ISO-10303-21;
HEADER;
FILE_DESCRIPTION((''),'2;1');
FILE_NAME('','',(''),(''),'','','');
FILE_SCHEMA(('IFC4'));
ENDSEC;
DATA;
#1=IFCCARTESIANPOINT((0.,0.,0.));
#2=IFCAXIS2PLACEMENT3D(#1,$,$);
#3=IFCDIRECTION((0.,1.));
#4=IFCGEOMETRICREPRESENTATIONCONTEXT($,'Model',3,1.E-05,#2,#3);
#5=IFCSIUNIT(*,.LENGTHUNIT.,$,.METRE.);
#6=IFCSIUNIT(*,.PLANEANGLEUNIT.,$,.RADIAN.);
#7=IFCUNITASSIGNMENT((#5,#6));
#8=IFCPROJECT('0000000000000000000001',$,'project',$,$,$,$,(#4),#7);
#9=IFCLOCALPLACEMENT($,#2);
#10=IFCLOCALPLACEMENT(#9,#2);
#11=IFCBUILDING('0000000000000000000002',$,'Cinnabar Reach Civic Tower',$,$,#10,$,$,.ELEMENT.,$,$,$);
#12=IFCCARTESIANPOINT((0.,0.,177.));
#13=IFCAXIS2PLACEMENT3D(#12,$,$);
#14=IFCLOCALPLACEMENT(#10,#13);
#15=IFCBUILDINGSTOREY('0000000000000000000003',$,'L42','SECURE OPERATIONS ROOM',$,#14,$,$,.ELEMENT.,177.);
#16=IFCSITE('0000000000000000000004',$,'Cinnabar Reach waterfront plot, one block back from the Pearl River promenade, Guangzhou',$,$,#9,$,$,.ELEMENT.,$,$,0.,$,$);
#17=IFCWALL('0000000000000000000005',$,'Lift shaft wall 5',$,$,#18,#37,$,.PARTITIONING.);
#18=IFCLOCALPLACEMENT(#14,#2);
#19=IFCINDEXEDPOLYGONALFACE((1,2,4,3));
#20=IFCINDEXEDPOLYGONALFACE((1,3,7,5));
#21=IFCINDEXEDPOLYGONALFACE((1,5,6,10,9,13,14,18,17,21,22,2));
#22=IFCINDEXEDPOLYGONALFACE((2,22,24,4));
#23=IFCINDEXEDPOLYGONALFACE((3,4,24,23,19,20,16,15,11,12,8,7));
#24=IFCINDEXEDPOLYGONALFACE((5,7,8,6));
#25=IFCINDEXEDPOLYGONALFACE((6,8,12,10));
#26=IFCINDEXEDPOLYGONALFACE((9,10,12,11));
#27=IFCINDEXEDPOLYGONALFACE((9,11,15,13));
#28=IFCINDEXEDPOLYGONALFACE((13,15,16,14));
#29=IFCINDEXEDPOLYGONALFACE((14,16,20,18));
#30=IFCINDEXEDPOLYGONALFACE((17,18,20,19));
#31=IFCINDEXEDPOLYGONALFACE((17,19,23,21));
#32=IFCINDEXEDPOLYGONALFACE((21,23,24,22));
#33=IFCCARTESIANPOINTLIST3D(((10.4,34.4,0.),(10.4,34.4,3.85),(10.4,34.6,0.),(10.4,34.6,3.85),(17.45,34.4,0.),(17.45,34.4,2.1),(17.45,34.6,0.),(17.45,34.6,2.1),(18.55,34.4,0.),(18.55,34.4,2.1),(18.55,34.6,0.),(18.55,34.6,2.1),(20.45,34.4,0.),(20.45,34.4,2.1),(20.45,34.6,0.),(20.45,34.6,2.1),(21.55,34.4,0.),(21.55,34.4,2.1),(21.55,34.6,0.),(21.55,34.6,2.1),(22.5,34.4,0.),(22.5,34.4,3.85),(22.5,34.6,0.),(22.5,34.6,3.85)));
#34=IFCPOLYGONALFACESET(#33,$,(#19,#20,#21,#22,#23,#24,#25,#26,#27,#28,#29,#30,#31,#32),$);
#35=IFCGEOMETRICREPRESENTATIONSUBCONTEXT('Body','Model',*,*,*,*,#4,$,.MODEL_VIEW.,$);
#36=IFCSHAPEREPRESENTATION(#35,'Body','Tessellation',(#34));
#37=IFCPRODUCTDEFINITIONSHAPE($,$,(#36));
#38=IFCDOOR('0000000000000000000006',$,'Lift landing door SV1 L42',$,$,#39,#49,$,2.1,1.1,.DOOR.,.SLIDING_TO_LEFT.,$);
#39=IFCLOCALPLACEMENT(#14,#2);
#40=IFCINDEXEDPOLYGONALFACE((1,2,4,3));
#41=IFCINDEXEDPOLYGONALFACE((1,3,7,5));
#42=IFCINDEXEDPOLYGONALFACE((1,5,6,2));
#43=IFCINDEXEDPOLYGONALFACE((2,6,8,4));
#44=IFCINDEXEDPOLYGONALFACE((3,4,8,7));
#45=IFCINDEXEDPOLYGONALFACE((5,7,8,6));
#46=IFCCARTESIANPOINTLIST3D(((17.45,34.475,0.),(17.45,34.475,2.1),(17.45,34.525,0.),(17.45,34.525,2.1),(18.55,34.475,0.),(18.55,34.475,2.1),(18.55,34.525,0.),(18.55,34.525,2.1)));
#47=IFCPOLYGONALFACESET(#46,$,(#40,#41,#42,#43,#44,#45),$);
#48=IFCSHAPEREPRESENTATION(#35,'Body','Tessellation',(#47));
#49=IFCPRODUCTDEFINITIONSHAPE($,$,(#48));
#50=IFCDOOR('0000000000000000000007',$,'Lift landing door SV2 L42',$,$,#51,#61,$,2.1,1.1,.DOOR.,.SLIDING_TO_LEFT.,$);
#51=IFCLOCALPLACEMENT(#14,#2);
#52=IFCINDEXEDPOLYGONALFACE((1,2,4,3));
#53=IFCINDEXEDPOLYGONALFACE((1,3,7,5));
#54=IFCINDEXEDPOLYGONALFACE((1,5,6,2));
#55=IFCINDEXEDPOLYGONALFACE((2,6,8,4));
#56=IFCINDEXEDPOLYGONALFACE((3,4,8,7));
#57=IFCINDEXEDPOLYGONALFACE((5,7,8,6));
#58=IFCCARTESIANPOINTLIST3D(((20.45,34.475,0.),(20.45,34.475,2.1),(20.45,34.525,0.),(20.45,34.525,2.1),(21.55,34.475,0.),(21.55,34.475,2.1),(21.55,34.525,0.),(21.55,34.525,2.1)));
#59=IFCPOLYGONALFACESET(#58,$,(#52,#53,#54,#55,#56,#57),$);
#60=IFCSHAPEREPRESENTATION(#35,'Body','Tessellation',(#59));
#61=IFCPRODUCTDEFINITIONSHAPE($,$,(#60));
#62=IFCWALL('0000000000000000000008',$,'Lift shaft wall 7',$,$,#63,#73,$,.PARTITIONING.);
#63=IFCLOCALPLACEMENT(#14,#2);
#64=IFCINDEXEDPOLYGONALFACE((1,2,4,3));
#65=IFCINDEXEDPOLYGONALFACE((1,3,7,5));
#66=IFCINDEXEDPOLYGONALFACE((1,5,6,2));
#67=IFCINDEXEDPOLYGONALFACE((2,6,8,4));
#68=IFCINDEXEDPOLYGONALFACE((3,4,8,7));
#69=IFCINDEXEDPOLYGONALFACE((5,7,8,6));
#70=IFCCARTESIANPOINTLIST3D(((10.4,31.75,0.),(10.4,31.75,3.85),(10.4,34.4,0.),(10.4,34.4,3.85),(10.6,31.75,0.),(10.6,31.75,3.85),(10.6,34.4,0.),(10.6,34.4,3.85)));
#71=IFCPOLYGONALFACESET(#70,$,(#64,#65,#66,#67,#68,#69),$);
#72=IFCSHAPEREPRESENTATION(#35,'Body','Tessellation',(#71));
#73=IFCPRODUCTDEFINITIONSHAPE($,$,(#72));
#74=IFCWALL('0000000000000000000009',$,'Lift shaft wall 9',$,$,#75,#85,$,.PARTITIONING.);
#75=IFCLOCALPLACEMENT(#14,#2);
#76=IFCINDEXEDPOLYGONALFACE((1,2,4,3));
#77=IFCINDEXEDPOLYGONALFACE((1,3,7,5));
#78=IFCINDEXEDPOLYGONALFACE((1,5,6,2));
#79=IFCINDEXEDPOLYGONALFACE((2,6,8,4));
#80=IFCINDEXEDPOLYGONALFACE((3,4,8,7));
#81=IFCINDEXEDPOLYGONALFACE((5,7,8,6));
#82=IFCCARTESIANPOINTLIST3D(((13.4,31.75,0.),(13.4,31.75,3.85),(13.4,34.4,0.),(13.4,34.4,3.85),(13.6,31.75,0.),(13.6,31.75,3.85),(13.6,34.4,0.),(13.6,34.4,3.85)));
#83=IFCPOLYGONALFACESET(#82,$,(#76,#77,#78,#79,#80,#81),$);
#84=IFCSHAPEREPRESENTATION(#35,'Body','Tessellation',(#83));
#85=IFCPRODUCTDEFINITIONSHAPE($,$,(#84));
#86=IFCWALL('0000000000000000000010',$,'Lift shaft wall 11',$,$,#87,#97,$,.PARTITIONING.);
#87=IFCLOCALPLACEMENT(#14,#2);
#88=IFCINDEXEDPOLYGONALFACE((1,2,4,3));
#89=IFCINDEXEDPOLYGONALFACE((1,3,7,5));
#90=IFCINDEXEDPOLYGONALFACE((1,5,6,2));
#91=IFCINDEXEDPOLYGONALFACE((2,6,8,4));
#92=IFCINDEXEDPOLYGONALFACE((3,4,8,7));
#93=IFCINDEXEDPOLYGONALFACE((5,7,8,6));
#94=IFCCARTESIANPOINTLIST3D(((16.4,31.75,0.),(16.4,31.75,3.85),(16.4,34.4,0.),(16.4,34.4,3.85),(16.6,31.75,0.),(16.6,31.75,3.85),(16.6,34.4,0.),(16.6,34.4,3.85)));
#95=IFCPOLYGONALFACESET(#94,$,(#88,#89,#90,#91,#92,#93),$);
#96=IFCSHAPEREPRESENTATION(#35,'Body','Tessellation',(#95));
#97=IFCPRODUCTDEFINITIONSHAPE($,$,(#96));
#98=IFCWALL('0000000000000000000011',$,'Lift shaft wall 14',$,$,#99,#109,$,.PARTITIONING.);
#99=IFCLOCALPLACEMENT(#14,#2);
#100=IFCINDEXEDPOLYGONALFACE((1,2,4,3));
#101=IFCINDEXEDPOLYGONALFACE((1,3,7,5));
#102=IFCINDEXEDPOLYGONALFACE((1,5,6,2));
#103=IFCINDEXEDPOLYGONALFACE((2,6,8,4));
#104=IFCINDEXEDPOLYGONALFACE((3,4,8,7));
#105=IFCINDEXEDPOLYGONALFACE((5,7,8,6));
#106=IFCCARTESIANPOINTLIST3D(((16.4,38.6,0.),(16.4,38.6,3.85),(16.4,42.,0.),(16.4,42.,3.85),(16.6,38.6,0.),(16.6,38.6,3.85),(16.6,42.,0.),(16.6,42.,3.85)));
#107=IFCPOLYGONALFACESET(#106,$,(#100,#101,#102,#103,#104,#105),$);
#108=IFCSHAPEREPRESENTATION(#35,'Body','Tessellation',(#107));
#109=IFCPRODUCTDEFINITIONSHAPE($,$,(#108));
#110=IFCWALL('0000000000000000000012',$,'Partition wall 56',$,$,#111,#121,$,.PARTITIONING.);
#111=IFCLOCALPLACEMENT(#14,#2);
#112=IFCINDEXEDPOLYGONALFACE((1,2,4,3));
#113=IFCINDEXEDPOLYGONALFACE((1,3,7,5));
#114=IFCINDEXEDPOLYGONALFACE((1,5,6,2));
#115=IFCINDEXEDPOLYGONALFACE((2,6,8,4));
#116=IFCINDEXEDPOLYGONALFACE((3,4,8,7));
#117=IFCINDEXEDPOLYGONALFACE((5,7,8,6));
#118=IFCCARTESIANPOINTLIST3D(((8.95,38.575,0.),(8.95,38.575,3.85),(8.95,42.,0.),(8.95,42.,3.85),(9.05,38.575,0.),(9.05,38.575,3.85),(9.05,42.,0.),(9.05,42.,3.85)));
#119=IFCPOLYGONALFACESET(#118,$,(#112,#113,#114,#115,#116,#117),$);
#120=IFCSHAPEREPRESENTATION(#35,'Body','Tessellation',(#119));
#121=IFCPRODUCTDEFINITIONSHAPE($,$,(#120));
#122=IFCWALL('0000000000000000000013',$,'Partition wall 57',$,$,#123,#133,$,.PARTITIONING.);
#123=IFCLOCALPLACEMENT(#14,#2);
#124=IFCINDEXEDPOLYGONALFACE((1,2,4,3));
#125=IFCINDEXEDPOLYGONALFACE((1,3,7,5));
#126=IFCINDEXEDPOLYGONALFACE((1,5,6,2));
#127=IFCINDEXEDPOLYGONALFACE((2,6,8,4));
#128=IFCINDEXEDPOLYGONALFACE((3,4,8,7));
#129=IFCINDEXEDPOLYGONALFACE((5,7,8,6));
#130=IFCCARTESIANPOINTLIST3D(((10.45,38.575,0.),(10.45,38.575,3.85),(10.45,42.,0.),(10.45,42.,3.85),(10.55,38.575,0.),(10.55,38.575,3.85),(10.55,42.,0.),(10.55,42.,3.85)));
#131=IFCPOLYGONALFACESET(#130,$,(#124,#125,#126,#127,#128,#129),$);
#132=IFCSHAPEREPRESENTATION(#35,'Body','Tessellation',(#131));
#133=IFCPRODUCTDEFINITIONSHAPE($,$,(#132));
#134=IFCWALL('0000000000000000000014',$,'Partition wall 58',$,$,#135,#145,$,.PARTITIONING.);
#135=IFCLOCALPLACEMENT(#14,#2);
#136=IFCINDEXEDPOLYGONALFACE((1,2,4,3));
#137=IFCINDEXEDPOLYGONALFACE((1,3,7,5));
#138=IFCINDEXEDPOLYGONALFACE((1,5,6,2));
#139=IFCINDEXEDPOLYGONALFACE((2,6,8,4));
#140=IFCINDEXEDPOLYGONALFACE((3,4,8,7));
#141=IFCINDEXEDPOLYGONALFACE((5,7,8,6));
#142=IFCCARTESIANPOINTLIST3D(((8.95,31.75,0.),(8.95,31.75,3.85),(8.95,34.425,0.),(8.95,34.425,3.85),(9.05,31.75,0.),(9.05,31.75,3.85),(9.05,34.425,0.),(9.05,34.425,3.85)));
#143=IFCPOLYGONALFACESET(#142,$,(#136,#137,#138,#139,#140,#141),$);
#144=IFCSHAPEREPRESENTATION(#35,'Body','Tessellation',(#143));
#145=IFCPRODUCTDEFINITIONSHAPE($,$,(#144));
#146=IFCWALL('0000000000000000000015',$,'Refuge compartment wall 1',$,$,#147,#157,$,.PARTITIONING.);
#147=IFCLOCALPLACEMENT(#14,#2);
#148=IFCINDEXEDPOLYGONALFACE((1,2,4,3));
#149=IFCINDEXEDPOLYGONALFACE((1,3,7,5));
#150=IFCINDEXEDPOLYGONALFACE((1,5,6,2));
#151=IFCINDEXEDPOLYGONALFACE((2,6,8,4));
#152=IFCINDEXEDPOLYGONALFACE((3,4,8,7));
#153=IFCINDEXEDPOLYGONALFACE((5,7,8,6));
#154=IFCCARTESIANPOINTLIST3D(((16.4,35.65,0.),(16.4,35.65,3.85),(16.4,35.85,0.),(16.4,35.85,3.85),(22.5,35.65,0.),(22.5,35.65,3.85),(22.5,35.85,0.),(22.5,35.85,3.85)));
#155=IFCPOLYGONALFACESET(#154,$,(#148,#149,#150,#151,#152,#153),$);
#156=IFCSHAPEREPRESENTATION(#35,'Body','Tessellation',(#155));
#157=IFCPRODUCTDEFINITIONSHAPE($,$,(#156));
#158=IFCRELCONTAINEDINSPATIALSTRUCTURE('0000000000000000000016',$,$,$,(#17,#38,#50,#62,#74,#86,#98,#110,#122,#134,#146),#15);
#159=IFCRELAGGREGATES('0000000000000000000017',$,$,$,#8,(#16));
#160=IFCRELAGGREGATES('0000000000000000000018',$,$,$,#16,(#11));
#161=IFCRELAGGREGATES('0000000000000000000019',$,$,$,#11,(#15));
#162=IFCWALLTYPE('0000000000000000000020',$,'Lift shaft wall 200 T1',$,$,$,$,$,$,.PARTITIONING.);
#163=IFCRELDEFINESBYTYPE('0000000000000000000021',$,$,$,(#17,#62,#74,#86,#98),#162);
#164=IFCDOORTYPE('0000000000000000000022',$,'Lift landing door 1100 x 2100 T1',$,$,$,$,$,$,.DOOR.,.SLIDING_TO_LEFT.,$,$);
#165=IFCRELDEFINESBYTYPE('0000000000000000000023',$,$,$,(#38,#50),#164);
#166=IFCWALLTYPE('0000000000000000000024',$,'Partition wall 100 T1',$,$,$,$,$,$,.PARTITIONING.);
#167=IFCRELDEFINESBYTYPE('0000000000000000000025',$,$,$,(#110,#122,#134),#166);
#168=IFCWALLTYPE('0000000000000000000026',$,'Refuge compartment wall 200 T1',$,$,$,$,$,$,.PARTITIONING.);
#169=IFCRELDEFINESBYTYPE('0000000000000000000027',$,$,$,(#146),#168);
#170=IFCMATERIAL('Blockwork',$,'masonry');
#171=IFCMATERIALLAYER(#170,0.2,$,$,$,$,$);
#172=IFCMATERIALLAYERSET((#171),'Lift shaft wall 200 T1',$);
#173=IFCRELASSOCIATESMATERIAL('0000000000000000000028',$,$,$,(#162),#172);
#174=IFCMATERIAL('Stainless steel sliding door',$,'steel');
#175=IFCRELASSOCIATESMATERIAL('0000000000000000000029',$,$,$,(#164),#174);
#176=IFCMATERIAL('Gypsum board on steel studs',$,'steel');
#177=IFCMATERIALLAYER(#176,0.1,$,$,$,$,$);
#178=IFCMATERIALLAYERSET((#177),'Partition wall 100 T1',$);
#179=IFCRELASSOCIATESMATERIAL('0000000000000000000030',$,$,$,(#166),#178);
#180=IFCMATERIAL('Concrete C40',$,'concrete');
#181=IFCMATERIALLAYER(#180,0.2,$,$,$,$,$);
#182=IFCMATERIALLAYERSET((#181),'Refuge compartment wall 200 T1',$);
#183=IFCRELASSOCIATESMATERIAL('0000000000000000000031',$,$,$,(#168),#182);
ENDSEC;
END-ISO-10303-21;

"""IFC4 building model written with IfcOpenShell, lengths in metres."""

from ifc_helpers import new_model, si_unit, direction, frame, frame_2d, origin, place, context, subcontext, project, spatial, rectangle, extrude, material, layer, layer_set, type_object, element, fill, save


model = new_model("IFC4")

# Units and contexts
model_context = context("Model", 3, precision=1e-05, world=origin(), true_north=direction((0.0, 1.0)))
body_context = subcontext(model_context, "Body", "Model", "MODEL_VIEW")
ifc_project = project(units=[si_unit("LENGTHUNIT", "METRE"), si_unit("PLANEANGLEUNIT", "RADIAN")], contexts=[model_context])

# Site, building, storey
site_placement = place(None, origin())
site = spatial("IfcSite", under=ifc_project, at=site_placement, Name="Cinnabar Reach waterfront plot, one block back from the Pearl River promenade, Guangzhou", CompositionType="ELEMENT", RefElevation=0.0)
building_placement = place(site_placement, origin())
building = spatial("IfcBuilding", under=site, at=building_placement, Name="Cinnabar Reach Civic Tower", CompositionType="ELEMENT")
storey_placement = place(building_placement, frame((0.0, 0.0, 177.0)))
storey = spatial("IfcBuildingStorey", under=building, at=storey_placement, Name="L42", Description="SECURE OPERATIONS ROOM", CompositionType="ELEMENT", Elevation=177.0)

# Wall, openings, doors
ifc_material_1 = material(Name="Blockwork", Category="masonry")
ifc_layer_1 = layer(ifc_material_1, 0.2)
ifc_layer_set_1 = layer_set([ifc_layer_1], Name="Lift shaft wall 200 T1")
wall_type_1 = type_object("IfcWallType", Name="Lift shaft wall 200 T1", PredefinedType="PARTITIONING", material=ifc_layer_set_1)
wall_1_placement = place(storey_placement, frame((10.4, 34.5, 0.0), z_axis=(0.0, 0.0, 1.0), x_axis=(1.0, 0.0, 0.0)))
wall_1 = element("IfcWall", 1, at=wall_1_placement, inside=storey, type_object=wall_type_1, Name="Lift shaft wall 5", PredefinedType="PARTITIONING", context=body_context, shape_type="SweptSolid", body=[
    extrude(rectangle(XDim=12.1, YDim=0.2, at=frame_2d((6.05, 0.0))), origin(), (0.0, 0.0, 1.0), 3.85),
])
opening_1_placement = place(wall_1_placement, frame((7.05, 0.0, 0.0)))
opening_1 = element("IfcOpeningElement", 2, at=opening_1_placement, cuts=wall_1, PredefinedType="OPENING", context=body_context, shape_type="SweptSolid", body=[
    extrude(rectangle(XDim=1.1, YDim=2.1, at=frame_2d((0.55, 1.05))), frame((0.0, 0.11, 0.0), z_axis=(0.0, -1.0, 0.0), x_axis=(1.0, 0.0, 0.0)), (0.0, 0.0, 1.0), 0.22),
])
opening_2_placement = place(wall_1_placement, frame((10.05, 0.0, 0.0)))
opening_2 = element("IfcOpeningElement", 3, at=opening_2_placement, cuts=wall_1, PredefinedType="OPENING", context=body_context, shape_type="SweptSolid", body=[
    extrude(rectangle(XDim=1.1, YDim=2.1, at=frame_2d((0.55, 1.05))), frame((0.0, 0.11, 0.0), z_axis=(0.0, -1.0, 0.0), x_axis=(1.0, 0.0, 0.0)), (0.0, 0.0, 1.0), 0.22),
])
ifc_material_2 = material(Name="Stainless steel sliding door", Category="steel")
door_type_1 = type_object("IfcDoorType", Name="Lift landing door 1100 x 2100 T1", OperationType="SLIDING_TO_LEFT", PredefinedType="DOOR", material=ifc_material_2)
door_1_placement = place(opening_1_placement, origin())
door_1 = element("IfcDoor", 4, at=door_1_placement, inside=storey, type_object=door_type_1, Name="Lift landing door SV1 L42", OperationType="SLIDING_TO_LEFT", OverallHeight=2.1, OverallWidth=1.1, PredefinedType="DOOR", context=body_context, shape_type="SweptSolid", body=[
    extrude(rectangle(XDim=1.1, YDim=2.1, at=frame_2d((0.55, 1.05))), frame((0.0, 0.025, 0.0), z_axis=(0.0, -1.0, 0.0), x_axis=(1.0, 0.0, 0.0)), (0.0, 0.0, 1.0), 0.05),
])
fill(opening_1, door_1)
door_2_placement = place(opening_2_placement, origin())
door_2 = element("IfcDoor", 5, at=door_2_placement, inside=storey, type_object=door_type_1, Name="Lift landing door SV2 L42", OperationType="SLIDING_TO_LEFT", OverallHeight=2.1, OverallWidth=1.1, PredefinedType="DOOR", context=body_context, shape_type="SweptSolid", body=[
    extrude(rectangle(XDim=1.1, YDim=2.1, at=frame_2d((0.55, 1.05))), frame((0.0, 0.025, 0.0), z_axis=(0.0, -1.0, 0.0), x_axis=(1.0, 0.0, 0.0)), (0.0, 0.0, 1.0), 0.05),
])
fill(opening_2, door_2)

# Walls
for number, where, z_axis, x_axis, name in (
    (6, (10.5, 31.75, 0.0), (0.0, 0.0, 1.0), (0.0, 1.0, 0.0), "Lift shaft wall 7"),
    (7, (13.5, 31.75, 0.0), (0.0, 0.0, 1.0), (0.0, 1.0, 0.0), "Lift shaft wall 9"),
    (8, (16.5, 31.75, 0.0), (0.0, 0.0, 1.0), (0.0, 1.0, 0.0), "Lift shaft wall 11"),
):
    element("IfcWall", number, at=place(storey_placement, frame(where, z_axis=z_axis, x_axis=x_axis)), inside=storey, type_object=wall_type_1, Name=name, PredefinedType="PARTITIONING", context=body_context, shape_type="SweptSolid", body=[
        extrude(rectangle(XDim=2.65, YDim=0.2, at=frame_2d((1.325, 0.0))), origin(), (0.0, 0.0, 1.0), 3.85),
    ])
wall_2_placement = place(storey_placement, frame((16.5, 38.6, 0.0), z_axis=(0.0, 0.0, 1.0), x_axis=(0.0, 1.0, 0.0)))
element("IfcWall", 9, at=wall_2_placement, inside=storey, type_object=wall_type_1, Name="Lift shaft wall 14", PredefinedType="PARTITIONING", context=body_context, shape_type="SweptSolid", body=[
    extrude(rectangle(XDim=3.4, YDim=0.2, at=frame_2d((1.7, 0.0))), origin(), (0.0, 0.0, 1.0), 3.85),
])
ifc_material_3 = material(Name="Gypsum board on steel studs", Category="steel")
ifc_layer_2 = layer(ifc_material_3, 0.1)
ifc_layer_set_2 = layer_set([ifc_layer_2], Name="Partition wall 100 T1")
wall_type_2 = type_object("IfcWallType", Name="Partition wall 100 T1", PredefinedType="PARTITIONING", material=ifc_layer_set_2)
for number, where, z_axis, x_axis, name in (
    (10, (9.0, 38.575, 0.0), (0.0, 0.0, 1.0), (0.0, 1.0, 0.0), "Partition wall 56"),
    (11, (10.5, 38.575, 0.0), (0.0, 0.0, 1.0), (0.0, 1.0, 0.0), "Partition wall 57"),
):
    element("IfcWall", number, at=place(storey_placement, frame(where, z_axis=z_axis, x_axis=x_axis)), inside=storey, type_object=wall_type_2, Name=name, PredefinedType="PARTITIONING", context=body_context, shape_type="SweptSolid", body=[
        extrude(rectangle(XDim=3.425, YDim=0.1, at=frame_2d((1.7125, 0.0))), origin(), (0.0, 0.0, 1.0), 3.85),
    ])
wall_3_placement = place(storey_placement, frame((9.0, 31.75, 0.0), z_axis=(0.0, 0.0, 1.0), x_axis=(0.0, 1.0, 0.0)))
element("IfcWall", 12, at=wall_3_placement, inside=storey, type_object=wall_type_2, Name="Partition wall 58", PredefinedType="PARTITIONING", context=body_context, shape_type="SweptSolid", body=[
    extrude(rectangle(XDim=2.675, YDim=0.1, at=frame_2d((1.3375, 0.0))), origin(), (0.0, 0.0, 1.0), 3.85),
])
ifc_material_4 = material(Name="Concrete C40", Category="concrete")
ifc_layer_3 = layer(ifc_material_4, 0.2)
ifc_layer_set_3 = layer_set([ifc_layer_3], Name="Refuge compartment wall 200 T1")
wall_type_3 = type_object("IfcWallType", Name="Refuge compartment wall 200 T1", PredefinedType="PARTITIONING", material=ifc_layer_set_3)
wall_4_placement = place(storey_placement, frame((16.4, 35.75, 0.0), z_axis=(0.0, 0.0, 1.0), x_axis=(1.0, 0.0, 0.0)))
element("IfcWall", 13, at=wall_4_placement, inside=storey, type_object=wall_type_3, Name="Refuge compartment wall 1", PredefinedType="PARTITIONING", context=body_context, shape_type="SweptSolid", body=[
    extrude(rectangle(XDim=6.1, YDim=0.2, at=frame_2d((3.05, 0.0))), origin(), (0.0, 0.0, 1.0), 3.85),
])

save(model, "model.ifc")
